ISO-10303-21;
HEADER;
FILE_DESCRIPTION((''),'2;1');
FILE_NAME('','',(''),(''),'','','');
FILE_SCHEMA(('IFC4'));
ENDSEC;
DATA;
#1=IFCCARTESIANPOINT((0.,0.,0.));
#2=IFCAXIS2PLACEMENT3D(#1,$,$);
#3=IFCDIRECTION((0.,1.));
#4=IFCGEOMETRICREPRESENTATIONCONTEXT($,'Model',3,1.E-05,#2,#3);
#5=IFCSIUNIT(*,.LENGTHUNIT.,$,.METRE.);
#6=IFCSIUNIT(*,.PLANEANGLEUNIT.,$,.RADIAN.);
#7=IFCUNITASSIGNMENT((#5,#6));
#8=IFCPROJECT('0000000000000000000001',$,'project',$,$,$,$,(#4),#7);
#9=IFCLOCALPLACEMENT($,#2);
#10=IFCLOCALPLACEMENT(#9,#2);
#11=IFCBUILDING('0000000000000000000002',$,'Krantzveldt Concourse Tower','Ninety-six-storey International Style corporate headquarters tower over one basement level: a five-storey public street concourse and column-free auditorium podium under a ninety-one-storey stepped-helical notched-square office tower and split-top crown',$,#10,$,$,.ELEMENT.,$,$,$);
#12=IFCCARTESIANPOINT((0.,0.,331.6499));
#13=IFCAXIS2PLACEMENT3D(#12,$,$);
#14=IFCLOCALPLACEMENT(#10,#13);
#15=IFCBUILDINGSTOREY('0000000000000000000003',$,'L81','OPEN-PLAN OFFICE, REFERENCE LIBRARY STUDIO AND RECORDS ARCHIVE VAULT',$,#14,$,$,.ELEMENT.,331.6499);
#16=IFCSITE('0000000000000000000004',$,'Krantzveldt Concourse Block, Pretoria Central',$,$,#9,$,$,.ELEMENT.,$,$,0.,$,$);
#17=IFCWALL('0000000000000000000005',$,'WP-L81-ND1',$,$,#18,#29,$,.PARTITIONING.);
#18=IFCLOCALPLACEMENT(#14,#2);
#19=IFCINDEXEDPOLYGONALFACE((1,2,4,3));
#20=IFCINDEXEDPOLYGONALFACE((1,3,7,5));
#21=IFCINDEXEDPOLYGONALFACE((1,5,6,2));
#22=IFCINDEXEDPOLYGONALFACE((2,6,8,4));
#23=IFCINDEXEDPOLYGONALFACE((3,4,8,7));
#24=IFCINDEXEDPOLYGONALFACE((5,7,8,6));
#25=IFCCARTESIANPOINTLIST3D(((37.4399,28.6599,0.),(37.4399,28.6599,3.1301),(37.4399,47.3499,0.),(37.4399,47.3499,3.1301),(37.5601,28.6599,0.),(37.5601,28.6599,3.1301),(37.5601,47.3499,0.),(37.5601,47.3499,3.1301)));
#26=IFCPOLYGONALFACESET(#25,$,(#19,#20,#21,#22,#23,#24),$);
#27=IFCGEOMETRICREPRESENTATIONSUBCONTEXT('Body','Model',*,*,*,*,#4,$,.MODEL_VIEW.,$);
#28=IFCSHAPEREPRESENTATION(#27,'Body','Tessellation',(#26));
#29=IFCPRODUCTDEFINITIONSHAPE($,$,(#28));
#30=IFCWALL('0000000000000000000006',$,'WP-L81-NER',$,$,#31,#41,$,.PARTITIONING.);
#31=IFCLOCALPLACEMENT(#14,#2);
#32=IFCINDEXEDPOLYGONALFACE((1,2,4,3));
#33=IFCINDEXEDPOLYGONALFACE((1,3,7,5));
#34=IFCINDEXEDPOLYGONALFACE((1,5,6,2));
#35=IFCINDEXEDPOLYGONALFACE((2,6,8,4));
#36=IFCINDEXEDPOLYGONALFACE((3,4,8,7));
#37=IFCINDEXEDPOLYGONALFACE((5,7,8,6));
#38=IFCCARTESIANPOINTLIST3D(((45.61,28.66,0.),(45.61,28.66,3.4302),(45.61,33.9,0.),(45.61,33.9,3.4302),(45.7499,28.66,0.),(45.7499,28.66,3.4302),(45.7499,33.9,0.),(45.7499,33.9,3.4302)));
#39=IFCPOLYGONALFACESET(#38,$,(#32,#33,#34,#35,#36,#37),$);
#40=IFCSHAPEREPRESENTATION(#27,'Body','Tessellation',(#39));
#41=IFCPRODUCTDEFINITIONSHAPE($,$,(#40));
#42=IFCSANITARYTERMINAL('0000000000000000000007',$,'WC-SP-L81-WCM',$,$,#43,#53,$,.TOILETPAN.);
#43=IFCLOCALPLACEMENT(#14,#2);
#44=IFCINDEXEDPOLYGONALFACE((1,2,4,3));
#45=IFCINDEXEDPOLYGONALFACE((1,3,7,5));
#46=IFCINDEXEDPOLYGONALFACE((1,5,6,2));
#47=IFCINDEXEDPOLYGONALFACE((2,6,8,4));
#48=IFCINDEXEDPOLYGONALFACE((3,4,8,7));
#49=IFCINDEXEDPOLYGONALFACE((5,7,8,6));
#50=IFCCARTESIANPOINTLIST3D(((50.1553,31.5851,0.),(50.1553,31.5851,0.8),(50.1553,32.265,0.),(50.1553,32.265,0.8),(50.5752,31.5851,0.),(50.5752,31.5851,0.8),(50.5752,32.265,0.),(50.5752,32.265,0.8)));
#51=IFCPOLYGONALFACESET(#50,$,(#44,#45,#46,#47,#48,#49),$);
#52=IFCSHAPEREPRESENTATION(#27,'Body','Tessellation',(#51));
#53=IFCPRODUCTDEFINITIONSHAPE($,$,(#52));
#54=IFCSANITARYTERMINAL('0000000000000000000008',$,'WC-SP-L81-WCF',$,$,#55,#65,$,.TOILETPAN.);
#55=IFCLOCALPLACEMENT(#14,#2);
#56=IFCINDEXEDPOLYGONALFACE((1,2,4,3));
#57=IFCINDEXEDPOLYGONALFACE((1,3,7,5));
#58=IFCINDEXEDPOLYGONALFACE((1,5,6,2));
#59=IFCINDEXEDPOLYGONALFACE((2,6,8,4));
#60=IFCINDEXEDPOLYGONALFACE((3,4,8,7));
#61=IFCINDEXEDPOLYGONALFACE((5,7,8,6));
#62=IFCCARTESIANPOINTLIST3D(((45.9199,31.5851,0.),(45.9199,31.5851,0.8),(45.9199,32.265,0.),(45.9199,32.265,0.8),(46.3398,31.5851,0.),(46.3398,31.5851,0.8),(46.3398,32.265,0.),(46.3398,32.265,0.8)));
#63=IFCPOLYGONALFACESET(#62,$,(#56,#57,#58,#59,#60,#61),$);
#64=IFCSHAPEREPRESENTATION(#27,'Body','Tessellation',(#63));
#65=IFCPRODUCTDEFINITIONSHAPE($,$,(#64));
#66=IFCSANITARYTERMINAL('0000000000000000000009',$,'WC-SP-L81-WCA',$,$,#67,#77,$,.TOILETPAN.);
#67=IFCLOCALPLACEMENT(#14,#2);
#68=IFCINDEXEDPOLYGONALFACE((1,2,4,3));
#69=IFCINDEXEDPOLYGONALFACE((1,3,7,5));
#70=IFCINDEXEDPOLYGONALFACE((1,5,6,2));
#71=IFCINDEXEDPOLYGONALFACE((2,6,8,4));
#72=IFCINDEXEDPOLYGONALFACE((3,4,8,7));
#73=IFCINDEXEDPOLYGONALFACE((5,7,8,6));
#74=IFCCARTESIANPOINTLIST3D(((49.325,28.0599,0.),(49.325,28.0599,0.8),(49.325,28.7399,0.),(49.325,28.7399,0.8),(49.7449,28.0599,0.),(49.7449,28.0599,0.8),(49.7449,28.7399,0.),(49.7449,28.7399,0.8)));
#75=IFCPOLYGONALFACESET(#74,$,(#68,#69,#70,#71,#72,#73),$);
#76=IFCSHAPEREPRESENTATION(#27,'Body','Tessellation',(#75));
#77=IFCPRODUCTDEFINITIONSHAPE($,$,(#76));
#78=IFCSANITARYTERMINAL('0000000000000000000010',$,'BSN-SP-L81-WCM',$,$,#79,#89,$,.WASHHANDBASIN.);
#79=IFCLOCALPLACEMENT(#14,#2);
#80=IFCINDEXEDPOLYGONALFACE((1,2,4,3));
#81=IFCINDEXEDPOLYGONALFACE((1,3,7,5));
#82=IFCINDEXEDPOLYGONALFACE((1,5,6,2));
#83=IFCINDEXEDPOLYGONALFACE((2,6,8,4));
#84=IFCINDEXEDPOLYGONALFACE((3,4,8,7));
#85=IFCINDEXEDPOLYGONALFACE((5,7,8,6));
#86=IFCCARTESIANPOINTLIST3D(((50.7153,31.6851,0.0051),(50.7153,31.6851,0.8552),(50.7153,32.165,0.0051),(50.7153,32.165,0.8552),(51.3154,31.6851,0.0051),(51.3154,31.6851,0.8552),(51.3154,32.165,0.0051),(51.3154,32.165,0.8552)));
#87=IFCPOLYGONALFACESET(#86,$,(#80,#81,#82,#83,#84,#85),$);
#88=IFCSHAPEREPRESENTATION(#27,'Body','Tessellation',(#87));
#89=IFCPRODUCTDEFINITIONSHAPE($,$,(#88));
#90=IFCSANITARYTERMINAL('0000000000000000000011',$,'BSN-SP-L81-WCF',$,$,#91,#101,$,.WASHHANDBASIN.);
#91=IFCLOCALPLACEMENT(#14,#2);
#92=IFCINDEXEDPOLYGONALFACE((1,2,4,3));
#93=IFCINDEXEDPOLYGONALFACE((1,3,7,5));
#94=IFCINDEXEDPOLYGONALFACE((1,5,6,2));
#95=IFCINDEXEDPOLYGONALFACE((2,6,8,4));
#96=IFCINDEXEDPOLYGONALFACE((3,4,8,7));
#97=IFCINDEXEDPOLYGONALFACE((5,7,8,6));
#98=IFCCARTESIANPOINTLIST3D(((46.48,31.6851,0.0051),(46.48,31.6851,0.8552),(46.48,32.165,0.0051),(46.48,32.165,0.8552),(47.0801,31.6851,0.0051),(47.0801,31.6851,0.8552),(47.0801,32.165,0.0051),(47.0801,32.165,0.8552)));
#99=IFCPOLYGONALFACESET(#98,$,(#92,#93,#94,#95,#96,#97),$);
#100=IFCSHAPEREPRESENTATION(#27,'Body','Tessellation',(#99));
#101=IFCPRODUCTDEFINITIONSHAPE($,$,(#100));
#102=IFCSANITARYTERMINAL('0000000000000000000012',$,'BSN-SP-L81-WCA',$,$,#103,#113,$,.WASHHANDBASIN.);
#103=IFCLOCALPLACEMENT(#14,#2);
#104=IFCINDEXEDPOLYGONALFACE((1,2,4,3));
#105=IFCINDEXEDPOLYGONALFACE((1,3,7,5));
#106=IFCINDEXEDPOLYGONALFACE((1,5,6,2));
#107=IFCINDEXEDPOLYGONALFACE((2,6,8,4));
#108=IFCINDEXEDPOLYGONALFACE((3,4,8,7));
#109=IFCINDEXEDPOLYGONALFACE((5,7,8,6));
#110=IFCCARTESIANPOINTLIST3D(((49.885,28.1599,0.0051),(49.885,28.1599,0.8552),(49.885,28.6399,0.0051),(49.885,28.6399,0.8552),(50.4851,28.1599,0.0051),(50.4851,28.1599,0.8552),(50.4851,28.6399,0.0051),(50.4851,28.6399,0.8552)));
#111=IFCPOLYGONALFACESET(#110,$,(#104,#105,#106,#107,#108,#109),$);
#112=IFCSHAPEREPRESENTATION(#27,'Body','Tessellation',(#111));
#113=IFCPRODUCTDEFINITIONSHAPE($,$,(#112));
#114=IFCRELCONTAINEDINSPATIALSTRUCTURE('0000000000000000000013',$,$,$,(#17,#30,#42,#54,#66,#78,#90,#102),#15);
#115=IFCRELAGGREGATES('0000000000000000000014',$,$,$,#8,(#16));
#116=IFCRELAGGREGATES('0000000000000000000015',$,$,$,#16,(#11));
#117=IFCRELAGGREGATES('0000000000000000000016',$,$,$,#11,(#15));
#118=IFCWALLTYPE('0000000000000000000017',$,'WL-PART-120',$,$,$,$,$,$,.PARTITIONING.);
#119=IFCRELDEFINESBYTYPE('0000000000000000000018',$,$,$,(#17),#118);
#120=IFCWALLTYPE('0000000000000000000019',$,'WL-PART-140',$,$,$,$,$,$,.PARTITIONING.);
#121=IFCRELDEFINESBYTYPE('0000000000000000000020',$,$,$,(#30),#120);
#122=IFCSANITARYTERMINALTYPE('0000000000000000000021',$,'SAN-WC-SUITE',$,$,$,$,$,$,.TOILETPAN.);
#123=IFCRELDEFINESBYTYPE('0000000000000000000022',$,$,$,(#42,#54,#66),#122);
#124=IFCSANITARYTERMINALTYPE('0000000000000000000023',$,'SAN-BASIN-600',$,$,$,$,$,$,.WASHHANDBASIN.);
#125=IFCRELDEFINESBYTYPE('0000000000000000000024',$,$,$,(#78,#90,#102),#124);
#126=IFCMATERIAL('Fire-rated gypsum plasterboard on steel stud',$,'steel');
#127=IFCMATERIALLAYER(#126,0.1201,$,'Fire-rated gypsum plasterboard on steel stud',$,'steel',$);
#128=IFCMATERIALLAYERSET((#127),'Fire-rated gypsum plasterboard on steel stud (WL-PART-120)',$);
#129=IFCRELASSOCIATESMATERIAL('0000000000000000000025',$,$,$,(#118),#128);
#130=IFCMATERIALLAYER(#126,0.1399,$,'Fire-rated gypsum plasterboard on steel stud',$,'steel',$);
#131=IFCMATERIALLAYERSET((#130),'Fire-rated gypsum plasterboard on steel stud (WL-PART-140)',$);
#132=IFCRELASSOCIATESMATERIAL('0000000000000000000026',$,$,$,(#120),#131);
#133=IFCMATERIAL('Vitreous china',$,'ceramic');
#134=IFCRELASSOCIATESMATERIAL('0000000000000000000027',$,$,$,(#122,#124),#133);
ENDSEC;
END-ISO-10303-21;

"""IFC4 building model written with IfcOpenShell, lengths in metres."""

from ifc_helpers import new_model, si_unit, direction, frame, frame_2d, origin, origin_2d, place, context, subcontext, project, spatial, rectangle, extrude, source, transform, mapped, material, layer, layer_set, type_object, type_shapes, element, save


model = new_model("IFC4")

# Units and contexts
model_context = context("Model", 3, precision=1e-05, world=origin(), true_north=direction((0.0, 1.0)))
body_context = subcontext(model_context, "Body", "Model", "MODEL_VIEW")
ifc_project = project(units=[si_unit("LENGTHUNIT", "METRE"), si_unit("PLANEANGLEUNIT", "RADIAN")], contexts=[model_context])

# Site, building, storey
site_placement = place(None, origin())
site = spatial("IfcSite", under=ifc_project, at=site_placement, Name="Krantzveldt Concourse Block, Pretoria Central", CompositionType="ELEMENT", RefElevation=0.0)
building_placement = place(site_placement, origin())
building = spatial("IfcBuilding", under=site, at=building_placement, Name="Krantzveldt Concourse Tower", Description="Ninety-six-storey International Style corporate headquarters tower over one basement level: a five-storey public street concourse and column-free auditorium podium under a ninety-one-storey stepped-helical notched-square office tower and split-top crown", CompositionType="ELEMENT")
storey_placement = place(building_placement, frame((0.0, 0.0, 331.6499)))
storey = spatial("IfcBuildingStorey", under=building, at=storey_placement, Name="L81", Description="OPEN-PLAN OFFICE, REFERENCE LIBRARY STUDIO AND RECORDS ARCHIVE VAULT", CompositionType="ELEMENT", Elevation=331.6499)

# Shared definitions
ifc_material_1 = material(Name="Fire-rated gypsum plasterboard on steel stud", Category="steel")
ifc_layer_1 = layer(ifc_material_1, 0.1201, Name="Fire-rated gypsum plasterboard on steel stud", Category="steel")
ifc_layer_set_1 = layer_set([ifc_layer_1], Name="Fire-rated gypsum plasterboard on steel stud (WL-PART-120)")
wall_type_1 = type_object("IfcWallType", Name="WL-PART-120", PredefinedType="PARTITIONING", material=ifc_layer_set_1)

# Walls
wall_1_placement = place(storey_placement, frame((37.5, 28.6599, 0.0), z_axis=(0.0, 0.0, 1.0), x_axis=(0.0, 1.0, 0.0)))
element("IfcWall", 1, at=wall_1_placement, inside=storey, type_object=wall_type_1, Name="WP-L81-ND1", PredefinedType="PARTITIONING", context=body_context, shape_type="SweptSolid", body=[
    extrude(rectangle(XDim=18.6899, YDim=0.1201, at=frame_2d((9.345, 0.0))), origin(), (0.0, 0.0, 1.0), 3.1301),
])
ifc_layer_2 = layer(ifc_material_1, 0.1399, Name="Fire-rated gypsum plasterboard on steel stud", Category="steel")
ifc_layer_set_2 = layer_set([ifc_layer_2], Name="Fire-rated gypsum plasterboard on steel stud (WL-PART-140)")
wall_type_2 = type_object("IfcWallType", Name="WL-PART-140", PredefinedType="PARTITIONING", material=ifc_layer_set_2)
wall_2_placement = place(storey_placement, frame((45.6799, 28.6599, 0.0), z_axis=(0.0, 0.0, 1.0), x_axis=(0.0, 1.0, 0.0)))
element("IfcWall", 2, at=wall_2_placement, inside=storey, type_object=wall_type_2, Name="WP-L81-NER", PredefinedType="PARTITIONING", context=body_context, shape_type="SweptSolid", body=[
    extrude(rectangle(XDim=5.24, YDim=0.1399, at=frame_2d((2.6201, 0.0))), origin(), (0.0, 0.0, 1.0), 3.4302),
])

# Sanitary terminals
ifc_material_2 = material(Name="Vitreous china", Category="ceramic")
sanitary_terminal_type_1 = type_object("IfcSanitaryTerminalType", Name="SAN-WC-SUITE", PredefinedType="TOILETPAN", material=ifc_material_2)
shared_shape_1 = source(origin(), body_context, "Body", "SweptSolid", [
    extrude(rectangle(XDim=0.4199, YDim=0.6799, at=origin_2d()), origin(), (0.0, 0.0, 1.0), 0.8),
])
type_shapes(sanitary_terminal_type_1, [shared_shape_1])
for number, where, z_axis, x_axis, name in (
    (3, (50.3652, 31.925, 0.0), (0.0, 0.0, 1.0), (1.0, 0.0, 0.0), "WC-SP-L81-WCM"),
    (4, (46.1299, 31.925, 0.0), (0.0, 0.0, 1.0), (1.0, 0.0, 0.0), "WC-SP-L81-WCF"),
    (5, (49.5349, 28.3999, 0.0), (0.0, 0.0, 1.0), (1.0, 0.0, 0.0), "WC-SP-L81-WCA"),
):
    element("IfcSanitaryTerminal", number, at=place(storey_placement, frame(where, z_axis=z_axis, x_axis=x_axis)), inside=storey, type_object=sanitary_terminal_type_1, Name=name, PredefinedType="TOILETPAN", context=body_context, shape_type="MappedRepresentation", body=[
        mapped(shared_shape_1, transform((0.0, 0.0, 0.0), x_axis=(1.0, 0.0, 0.0), y_axis=(0.0, 1.0, 0.0), z_axis=(0.0, 0.0, 1.0), scale=1.0)),
    ])
sanitary_terminal_type_2 = type_object("IfcSanitaryTerminalType", Name="SAN-BASIN-600", PredefinedType="WASHHANDBASIN", material=ifc_material_2)
shared_shape_2 = source(origin(), body_context, "Body", "SweptSolid", [
    extrude(rectangle(XDim=0.6001, YDim=0.48, at=origin_2d()), origin(), (0.0, 0.0, 1.0), 0.8501),
])
type_shapes(sanitary_terminal_type_2, [shared_shape_2])
for number, where, z_axis, x_axis, name in (
    (6, (51.0154, 31.925, 0.0051), (0.0, 0.0, 1.0), (1.0, 0.0, 0.0), "BSN-SP-L81-WCM"),
    (7, (46.78, 31.925, 0.0051), (0.0, 0.0, 1.0), (1.0, 0.0, 0.0), "BSN-SP-L81-WCF"),
    (8, (50.1851, 28.3999, 0.0051), (0.0, 0.0, 1.0), (1.0, 0.0, 0.0), "BSN-SP-L81-WCA"),
):
    element("IfcSanitaryTerminal", number, at=place(storey_placement, frame(where, z_axis=z_axis, x_axis=x_axis)), inside=storey, type_object=sanitary_terminal_type_2, Name=name, PredefinedType="WASHHANDBASIN", context=body_context, shape_type="MappedRepresentation", body=[
        mapped(shared_shape_2, transform((0.0, 0.0, 0.0), x_axis=(1.0, 0.0, 0.0), y_axis=(0.0, 1.0, 0.0), z_axis=(0.0, 0.0, 1.0), scale=1.0)),
    ])

save(model, "model.ifc")
